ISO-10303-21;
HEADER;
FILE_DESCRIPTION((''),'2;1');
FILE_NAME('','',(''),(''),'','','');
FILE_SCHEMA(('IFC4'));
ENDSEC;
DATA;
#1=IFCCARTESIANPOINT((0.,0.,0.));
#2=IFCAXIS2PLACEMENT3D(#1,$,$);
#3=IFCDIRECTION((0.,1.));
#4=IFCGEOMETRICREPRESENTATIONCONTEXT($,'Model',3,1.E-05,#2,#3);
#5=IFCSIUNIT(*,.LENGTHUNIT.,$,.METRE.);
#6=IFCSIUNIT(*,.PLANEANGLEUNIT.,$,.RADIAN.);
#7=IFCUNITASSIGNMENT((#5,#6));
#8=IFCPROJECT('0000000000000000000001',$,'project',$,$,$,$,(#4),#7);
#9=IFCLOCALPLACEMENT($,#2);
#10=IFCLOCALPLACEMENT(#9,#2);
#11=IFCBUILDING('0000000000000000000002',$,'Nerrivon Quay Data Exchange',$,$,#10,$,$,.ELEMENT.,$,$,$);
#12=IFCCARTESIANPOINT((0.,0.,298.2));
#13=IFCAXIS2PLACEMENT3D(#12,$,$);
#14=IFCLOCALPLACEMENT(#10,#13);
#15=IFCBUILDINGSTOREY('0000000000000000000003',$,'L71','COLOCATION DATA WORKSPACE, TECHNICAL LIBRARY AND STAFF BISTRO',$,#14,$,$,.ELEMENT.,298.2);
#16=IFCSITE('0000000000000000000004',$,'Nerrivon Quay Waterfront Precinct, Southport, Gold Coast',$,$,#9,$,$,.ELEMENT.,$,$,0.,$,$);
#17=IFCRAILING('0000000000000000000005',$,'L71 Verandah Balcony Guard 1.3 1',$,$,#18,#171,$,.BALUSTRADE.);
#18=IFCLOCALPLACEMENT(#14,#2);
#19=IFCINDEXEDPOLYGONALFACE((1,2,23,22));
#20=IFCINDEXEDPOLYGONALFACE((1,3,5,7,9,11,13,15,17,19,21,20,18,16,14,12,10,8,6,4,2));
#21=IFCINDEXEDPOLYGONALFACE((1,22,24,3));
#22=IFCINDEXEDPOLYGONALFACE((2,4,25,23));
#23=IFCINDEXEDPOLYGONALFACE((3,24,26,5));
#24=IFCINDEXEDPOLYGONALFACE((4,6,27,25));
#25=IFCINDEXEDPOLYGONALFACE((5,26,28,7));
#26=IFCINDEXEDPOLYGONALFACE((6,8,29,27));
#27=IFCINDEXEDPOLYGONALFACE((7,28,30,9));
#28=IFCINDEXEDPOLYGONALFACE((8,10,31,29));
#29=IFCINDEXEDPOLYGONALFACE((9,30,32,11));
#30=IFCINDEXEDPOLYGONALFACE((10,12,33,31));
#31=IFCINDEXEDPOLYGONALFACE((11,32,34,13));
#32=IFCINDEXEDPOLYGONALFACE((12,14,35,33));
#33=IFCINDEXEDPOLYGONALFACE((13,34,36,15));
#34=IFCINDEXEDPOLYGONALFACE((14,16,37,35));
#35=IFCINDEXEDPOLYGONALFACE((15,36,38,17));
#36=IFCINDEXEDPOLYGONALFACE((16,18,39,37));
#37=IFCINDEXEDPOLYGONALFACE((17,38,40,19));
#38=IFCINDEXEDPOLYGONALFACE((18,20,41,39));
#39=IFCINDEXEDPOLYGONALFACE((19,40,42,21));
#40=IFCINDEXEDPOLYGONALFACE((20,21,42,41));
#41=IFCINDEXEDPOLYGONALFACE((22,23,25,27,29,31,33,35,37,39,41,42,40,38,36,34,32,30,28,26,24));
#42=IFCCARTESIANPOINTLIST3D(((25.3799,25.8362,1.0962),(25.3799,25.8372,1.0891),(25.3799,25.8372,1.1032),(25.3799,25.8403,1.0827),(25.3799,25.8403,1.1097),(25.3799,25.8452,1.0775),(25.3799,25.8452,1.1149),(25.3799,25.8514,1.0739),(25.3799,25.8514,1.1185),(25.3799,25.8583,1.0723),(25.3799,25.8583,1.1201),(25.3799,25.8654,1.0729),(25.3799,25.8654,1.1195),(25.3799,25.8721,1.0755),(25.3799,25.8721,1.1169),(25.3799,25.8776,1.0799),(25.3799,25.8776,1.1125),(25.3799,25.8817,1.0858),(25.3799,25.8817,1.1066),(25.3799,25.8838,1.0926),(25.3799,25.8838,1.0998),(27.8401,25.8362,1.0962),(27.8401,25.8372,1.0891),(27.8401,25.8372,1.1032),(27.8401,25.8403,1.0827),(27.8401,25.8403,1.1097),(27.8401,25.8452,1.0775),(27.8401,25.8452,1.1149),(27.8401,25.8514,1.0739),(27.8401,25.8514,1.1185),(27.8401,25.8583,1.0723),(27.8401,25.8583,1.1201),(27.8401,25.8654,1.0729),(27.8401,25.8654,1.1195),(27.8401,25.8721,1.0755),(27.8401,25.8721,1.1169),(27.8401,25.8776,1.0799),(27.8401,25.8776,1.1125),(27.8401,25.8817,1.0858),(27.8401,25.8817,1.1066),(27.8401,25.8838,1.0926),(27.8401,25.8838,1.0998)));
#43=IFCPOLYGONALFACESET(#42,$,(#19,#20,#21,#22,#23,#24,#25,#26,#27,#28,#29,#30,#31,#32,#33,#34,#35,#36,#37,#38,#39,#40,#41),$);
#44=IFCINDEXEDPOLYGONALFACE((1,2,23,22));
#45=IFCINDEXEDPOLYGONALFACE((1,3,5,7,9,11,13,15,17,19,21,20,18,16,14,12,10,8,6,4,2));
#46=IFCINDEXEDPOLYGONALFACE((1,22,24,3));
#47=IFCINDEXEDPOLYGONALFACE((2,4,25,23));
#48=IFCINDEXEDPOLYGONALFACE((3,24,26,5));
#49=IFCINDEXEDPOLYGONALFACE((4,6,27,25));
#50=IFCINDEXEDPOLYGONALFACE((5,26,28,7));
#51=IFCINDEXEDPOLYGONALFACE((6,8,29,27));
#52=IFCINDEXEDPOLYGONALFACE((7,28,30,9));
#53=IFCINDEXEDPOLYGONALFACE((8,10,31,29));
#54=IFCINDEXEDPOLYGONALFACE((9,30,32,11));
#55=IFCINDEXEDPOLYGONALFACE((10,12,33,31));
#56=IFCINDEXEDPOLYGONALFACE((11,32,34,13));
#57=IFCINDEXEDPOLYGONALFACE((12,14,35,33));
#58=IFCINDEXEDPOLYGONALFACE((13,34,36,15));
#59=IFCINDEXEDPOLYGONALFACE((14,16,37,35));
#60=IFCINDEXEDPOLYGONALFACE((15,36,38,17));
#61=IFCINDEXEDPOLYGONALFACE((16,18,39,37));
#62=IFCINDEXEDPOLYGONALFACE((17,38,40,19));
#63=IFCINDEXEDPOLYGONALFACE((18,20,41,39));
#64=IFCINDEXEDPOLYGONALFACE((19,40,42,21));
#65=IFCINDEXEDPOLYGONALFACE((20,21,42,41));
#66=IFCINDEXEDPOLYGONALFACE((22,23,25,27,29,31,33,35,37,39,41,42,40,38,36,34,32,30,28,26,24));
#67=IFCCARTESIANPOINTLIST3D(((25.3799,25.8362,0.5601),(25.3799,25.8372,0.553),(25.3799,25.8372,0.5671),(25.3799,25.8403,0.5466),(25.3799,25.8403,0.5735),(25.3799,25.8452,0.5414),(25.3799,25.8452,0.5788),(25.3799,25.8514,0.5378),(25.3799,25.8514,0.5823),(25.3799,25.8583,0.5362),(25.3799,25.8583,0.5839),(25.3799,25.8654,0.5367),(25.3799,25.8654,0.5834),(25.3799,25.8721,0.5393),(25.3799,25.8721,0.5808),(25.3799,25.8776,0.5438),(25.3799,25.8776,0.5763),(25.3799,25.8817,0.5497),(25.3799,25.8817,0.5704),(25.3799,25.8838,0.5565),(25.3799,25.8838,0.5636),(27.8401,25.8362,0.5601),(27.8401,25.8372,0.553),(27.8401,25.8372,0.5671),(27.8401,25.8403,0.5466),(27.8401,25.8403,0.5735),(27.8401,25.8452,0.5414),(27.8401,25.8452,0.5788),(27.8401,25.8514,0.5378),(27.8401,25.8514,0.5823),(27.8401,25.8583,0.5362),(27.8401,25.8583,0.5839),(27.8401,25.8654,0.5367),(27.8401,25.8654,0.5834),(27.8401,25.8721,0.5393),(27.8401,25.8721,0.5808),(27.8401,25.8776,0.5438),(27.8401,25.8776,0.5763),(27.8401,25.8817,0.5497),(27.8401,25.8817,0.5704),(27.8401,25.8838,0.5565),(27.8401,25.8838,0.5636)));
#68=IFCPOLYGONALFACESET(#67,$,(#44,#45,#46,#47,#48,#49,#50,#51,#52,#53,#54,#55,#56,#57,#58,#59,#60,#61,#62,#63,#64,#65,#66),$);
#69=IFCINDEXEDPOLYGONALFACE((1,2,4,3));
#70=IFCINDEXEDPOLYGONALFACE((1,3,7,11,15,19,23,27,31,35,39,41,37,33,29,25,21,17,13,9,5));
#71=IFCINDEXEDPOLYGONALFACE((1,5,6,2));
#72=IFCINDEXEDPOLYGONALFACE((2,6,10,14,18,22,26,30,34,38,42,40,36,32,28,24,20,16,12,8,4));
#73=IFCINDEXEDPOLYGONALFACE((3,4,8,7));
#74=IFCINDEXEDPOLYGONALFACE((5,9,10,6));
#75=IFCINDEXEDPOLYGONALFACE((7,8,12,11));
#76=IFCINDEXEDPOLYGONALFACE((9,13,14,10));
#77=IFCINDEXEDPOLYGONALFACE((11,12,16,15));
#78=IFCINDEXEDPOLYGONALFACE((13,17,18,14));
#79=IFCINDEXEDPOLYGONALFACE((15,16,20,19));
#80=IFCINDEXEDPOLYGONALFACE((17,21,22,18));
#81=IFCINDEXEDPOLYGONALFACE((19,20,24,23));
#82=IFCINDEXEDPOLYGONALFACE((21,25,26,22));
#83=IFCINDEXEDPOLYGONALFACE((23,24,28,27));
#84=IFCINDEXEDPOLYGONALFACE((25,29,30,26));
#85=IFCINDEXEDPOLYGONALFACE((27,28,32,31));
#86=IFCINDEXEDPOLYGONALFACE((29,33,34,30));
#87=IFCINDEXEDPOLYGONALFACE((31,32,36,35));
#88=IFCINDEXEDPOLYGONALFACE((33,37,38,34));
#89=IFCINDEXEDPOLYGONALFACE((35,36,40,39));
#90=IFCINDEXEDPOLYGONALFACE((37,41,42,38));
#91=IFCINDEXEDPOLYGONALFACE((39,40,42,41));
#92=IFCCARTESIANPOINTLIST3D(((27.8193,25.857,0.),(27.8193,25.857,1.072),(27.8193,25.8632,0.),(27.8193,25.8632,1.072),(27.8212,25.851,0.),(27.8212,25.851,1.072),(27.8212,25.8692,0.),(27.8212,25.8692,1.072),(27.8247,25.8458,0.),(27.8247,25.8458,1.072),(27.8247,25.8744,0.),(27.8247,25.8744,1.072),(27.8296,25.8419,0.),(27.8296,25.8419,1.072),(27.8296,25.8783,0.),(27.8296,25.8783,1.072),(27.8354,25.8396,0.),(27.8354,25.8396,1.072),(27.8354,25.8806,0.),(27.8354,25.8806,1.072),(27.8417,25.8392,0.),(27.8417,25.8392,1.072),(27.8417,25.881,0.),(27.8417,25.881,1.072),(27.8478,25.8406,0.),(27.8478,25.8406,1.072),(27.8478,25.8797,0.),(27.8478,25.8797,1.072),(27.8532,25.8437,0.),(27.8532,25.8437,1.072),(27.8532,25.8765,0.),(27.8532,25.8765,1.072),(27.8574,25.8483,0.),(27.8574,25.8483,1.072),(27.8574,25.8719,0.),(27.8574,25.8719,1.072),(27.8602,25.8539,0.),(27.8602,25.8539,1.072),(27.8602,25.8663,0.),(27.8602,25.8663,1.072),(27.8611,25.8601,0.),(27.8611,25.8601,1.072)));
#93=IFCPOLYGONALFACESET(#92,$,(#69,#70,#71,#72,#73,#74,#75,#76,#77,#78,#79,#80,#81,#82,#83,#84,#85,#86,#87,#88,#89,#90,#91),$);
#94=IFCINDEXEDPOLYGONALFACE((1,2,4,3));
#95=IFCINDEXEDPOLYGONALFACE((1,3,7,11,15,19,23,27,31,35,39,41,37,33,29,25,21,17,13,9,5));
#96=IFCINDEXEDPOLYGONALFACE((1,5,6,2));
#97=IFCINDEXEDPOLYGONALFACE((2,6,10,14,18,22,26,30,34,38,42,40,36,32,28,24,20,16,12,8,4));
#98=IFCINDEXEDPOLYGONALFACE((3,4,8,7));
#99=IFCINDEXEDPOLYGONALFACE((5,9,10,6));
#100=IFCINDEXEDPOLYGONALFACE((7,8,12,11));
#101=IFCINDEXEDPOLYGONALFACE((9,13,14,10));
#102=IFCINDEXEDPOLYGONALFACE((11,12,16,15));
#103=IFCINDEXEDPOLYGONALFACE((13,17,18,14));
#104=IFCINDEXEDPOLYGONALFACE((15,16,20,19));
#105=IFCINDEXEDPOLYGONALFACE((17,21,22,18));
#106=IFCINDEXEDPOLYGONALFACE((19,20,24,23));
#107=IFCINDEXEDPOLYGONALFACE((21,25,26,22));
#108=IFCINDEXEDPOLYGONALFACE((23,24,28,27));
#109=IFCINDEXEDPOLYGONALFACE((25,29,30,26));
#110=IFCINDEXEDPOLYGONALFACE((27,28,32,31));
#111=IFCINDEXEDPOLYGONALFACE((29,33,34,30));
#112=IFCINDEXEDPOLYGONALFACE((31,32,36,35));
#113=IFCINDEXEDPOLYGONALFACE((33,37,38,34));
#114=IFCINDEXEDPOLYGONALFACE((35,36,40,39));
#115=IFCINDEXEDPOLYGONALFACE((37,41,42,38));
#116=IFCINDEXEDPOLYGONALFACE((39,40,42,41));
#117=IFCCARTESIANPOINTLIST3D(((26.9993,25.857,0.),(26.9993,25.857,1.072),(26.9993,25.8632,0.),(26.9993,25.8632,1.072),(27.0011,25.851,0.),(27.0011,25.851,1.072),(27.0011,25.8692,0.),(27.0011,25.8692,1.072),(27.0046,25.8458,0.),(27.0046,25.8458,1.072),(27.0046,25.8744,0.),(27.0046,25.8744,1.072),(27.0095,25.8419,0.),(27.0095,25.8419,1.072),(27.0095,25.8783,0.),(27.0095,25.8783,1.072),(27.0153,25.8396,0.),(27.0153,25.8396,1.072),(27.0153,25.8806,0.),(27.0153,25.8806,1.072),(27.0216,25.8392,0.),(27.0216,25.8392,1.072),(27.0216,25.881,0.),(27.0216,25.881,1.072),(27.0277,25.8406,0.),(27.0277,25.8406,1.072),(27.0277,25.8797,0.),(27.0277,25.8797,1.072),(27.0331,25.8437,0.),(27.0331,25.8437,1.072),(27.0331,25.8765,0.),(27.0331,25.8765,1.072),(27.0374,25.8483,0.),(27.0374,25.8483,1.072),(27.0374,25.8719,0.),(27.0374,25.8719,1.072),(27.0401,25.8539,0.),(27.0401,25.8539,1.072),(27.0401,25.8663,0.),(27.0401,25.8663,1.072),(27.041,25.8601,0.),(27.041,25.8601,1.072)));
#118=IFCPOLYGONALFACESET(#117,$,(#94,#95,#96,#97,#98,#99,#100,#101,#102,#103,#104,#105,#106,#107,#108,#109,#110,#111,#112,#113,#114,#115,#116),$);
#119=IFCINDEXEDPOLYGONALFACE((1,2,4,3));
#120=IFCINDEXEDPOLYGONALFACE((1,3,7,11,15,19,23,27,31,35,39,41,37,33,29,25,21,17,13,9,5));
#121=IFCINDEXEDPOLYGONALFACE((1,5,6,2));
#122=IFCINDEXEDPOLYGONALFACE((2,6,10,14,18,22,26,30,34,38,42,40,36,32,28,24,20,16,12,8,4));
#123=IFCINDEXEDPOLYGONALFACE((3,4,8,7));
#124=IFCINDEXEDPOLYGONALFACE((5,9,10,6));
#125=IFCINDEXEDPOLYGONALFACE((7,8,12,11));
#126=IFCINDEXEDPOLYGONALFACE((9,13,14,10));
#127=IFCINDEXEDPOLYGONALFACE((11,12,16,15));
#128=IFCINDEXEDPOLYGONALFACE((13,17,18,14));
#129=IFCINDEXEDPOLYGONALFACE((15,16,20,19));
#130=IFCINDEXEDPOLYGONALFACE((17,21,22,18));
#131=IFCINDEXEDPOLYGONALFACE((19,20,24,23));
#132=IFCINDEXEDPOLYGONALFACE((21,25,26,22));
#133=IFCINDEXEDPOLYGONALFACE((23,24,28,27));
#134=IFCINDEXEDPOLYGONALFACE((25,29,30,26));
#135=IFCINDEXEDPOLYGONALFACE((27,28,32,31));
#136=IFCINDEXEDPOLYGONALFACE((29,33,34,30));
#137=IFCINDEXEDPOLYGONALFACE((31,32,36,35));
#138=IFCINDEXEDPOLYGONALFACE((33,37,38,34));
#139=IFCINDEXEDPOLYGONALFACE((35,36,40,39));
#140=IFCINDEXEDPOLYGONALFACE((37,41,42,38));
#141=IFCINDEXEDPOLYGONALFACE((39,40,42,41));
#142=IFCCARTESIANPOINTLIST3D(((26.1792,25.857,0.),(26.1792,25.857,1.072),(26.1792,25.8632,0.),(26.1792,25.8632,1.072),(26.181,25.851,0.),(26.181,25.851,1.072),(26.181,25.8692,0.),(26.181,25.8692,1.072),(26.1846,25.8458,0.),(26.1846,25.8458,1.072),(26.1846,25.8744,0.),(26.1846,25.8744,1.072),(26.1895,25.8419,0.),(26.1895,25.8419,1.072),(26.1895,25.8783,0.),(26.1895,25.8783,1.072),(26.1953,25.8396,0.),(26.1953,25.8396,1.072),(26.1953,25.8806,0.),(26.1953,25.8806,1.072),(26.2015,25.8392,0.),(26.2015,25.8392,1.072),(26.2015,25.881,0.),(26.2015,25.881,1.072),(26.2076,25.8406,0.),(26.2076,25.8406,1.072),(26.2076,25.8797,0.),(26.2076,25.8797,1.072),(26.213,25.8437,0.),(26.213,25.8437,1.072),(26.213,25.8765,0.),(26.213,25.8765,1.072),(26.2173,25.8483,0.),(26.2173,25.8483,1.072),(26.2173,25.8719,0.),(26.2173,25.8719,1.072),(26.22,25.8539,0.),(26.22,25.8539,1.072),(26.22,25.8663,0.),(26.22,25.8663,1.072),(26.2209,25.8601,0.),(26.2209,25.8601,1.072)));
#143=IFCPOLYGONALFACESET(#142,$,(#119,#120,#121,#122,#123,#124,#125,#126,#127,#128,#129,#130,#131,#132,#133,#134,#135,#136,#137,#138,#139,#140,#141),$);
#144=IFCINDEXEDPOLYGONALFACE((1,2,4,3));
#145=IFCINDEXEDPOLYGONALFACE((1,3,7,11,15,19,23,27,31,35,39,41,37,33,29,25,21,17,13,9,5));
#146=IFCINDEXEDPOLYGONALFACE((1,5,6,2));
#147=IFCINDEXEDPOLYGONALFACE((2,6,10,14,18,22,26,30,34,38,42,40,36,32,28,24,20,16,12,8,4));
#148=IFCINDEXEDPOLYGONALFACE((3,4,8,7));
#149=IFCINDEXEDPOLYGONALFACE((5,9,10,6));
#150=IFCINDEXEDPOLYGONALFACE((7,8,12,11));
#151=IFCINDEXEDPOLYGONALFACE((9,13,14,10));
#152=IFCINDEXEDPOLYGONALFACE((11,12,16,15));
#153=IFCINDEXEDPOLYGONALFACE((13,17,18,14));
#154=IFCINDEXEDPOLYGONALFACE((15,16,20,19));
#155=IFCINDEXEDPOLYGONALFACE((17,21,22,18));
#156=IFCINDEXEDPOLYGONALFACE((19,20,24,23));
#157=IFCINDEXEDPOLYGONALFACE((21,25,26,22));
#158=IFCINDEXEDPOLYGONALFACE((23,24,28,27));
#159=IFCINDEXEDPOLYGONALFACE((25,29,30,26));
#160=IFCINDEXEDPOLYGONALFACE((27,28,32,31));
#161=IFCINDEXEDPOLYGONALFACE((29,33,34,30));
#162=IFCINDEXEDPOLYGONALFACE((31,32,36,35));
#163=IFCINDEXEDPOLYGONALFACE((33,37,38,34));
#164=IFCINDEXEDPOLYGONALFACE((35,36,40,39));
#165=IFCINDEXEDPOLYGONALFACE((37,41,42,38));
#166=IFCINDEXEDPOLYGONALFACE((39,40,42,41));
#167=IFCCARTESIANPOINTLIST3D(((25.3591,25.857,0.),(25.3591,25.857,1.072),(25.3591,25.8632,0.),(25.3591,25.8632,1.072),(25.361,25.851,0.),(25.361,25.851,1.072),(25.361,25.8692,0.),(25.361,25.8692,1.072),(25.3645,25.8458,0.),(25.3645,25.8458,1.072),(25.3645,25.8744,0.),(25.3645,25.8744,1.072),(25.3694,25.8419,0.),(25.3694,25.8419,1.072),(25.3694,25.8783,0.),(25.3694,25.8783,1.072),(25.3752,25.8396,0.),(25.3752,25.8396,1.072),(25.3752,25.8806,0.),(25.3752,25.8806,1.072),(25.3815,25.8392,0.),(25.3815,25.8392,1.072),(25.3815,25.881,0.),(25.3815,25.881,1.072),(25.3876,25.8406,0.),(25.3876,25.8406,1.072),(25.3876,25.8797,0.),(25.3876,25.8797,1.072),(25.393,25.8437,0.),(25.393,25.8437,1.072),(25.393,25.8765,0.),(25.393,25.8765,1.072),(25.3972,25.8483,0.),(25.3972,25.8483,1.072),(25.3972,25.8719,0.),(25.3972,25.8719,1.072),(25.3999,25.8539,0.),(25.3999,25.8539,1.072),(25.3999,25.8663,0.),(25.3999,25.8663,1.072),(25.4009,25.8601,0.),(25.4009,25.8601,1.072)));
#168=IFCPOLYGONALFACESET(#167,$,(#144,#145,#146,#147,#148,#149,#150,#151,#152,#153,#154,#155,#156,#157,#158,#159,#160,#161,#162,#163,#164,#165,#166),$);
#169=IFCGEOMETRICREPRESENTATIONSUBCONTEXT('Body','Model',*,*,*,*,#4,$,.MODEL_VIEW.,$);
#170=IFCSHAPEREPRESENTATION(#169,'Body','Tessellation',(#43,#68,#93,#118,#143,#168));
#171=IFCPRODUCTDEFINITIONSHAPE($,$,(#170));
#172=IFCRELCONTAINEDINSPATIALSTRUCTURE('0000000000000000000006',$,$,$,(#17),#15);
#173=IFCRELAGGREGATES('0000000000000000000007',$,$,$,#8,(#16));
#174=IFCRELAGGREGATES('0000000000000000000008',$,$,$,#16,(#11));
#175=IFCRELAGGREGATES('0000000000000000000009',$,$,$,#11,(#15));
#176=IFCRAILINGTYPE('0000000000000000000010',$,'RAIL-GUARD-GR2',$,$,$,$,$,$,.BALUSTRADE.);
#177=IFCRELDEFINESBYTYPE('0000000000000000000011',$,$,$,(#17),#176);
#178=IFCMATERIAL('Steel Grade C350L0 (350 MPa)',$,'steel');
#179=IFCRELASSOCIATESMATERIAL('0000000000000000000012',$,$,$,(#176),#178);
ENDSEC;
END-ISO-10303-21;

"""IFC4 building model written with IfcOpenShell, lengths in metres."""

from ifc_helpers import new_model, si_unit, direction, frame, origin, origin_2d, place, context, subcontext, project, spatial, circle, extrude, material, type_object, element, save


model = new_model("IFC4")

# Units and contexts
model_context = context("Model", 3, precision=1e-05, world=origin(), true_north=direction((0.0, 1.0)))
body_context = subcontext(model_context, "Body", "Model", "MODEL_VIEW")
ifc_project = project(units=[si_unit("LENGTHUNIT", "METRE"), si_unit("PLANEANGLEUNIT", "RADIAN")], contexts=[model_context])

# Site, building, storey
site_placement = place(None, origin())
site = spatial("IfcSite", under=ifc_project, at=site_placement, Name="Nerrivon Quay Waterfront Precinct, Southport, Gold Coast", CompositionType="ELEMENT", RefElevation=0.0)
building_placement = place(site_placement, origin())
building = spatial("IfcBuilding", under=site, at=building_placement, Name="Nerrivon Quay Data Exchange", CompositionType="ELEMENT")
storey_placement = place(building_placement, frame((0.0, 0.0, 298.2)))
storey = spatial("IfcBuildingStorey", under=building, at=storey_placement, Name="L71", Description="COLOCATION DATA WORKSPACE, TECHNICAL LIBRARY AND STAFF BISTRO", CompositionType="ELEMENT", Elevation=298.2)

# Shared definitions
ifc_material_1 = material(Name="Steel Grade C350L0 (350 MPa)", Category="steel")

# Railing
railing_type = type_object("IfcRailingType", Name="RAIL-GUARD-GR2", PredefinedType="BALUSTRADE", material=ifc_material_1)
railing_1_placement = place(storey_placement, frame((27.8401, 25.8601, 0.0)))
element("IfcRailing", 1, at=railing_1_placement, inside=storey, type_object=railing_type, Name="L71 Verandah Balcony Guard 1.3 1", PredefinedType="BALUSTRADE", context=body_context, shape_type="SweptSolid", body=[
    extrude(circle(Radius=0.0239, at=origin_2d()), frame((0.0, 0.0, 1.0962), z_axis=(-1.0, 0.0, 0.0), x_axis=(0.0, -1.0, 0.0)), (0.0, 0.0, 1.0), 2.4602),
    extrude(circle(Radius=0.0239, at=origin_2d()), frame((0.0, 0.0, 0.5601), z_axis=(-1.0, 0.0, 0.0), x_axis=(0.0, -1.0, 0.0)), (0.0, 0.0, 1.0), 2.4602),
    extrude(circle(Radius=0.021, at=origin_2d()), origin(), (0.0, 0.0, 1.0), 1.072),
    extrude(circle(Radius=0.021, at=origin_2d()), frame((-0.8201, 0.0, 0.0)), (0.0, 0.0, 1.0), 1.072),
    extrude(circle(Radius=0.021, at=origin_2d()), frame((-1.6401, 0.0, 0.0)), (0.0, 0.0, 1.0), 1.072),
    extrude(circle(Radius=0.021, at=origin_2d()), frame((-2.4602, 0.0, 0.0)), (0.0, 0.0, 1.0), 1.072),
])

save(model, "model.ifc")
